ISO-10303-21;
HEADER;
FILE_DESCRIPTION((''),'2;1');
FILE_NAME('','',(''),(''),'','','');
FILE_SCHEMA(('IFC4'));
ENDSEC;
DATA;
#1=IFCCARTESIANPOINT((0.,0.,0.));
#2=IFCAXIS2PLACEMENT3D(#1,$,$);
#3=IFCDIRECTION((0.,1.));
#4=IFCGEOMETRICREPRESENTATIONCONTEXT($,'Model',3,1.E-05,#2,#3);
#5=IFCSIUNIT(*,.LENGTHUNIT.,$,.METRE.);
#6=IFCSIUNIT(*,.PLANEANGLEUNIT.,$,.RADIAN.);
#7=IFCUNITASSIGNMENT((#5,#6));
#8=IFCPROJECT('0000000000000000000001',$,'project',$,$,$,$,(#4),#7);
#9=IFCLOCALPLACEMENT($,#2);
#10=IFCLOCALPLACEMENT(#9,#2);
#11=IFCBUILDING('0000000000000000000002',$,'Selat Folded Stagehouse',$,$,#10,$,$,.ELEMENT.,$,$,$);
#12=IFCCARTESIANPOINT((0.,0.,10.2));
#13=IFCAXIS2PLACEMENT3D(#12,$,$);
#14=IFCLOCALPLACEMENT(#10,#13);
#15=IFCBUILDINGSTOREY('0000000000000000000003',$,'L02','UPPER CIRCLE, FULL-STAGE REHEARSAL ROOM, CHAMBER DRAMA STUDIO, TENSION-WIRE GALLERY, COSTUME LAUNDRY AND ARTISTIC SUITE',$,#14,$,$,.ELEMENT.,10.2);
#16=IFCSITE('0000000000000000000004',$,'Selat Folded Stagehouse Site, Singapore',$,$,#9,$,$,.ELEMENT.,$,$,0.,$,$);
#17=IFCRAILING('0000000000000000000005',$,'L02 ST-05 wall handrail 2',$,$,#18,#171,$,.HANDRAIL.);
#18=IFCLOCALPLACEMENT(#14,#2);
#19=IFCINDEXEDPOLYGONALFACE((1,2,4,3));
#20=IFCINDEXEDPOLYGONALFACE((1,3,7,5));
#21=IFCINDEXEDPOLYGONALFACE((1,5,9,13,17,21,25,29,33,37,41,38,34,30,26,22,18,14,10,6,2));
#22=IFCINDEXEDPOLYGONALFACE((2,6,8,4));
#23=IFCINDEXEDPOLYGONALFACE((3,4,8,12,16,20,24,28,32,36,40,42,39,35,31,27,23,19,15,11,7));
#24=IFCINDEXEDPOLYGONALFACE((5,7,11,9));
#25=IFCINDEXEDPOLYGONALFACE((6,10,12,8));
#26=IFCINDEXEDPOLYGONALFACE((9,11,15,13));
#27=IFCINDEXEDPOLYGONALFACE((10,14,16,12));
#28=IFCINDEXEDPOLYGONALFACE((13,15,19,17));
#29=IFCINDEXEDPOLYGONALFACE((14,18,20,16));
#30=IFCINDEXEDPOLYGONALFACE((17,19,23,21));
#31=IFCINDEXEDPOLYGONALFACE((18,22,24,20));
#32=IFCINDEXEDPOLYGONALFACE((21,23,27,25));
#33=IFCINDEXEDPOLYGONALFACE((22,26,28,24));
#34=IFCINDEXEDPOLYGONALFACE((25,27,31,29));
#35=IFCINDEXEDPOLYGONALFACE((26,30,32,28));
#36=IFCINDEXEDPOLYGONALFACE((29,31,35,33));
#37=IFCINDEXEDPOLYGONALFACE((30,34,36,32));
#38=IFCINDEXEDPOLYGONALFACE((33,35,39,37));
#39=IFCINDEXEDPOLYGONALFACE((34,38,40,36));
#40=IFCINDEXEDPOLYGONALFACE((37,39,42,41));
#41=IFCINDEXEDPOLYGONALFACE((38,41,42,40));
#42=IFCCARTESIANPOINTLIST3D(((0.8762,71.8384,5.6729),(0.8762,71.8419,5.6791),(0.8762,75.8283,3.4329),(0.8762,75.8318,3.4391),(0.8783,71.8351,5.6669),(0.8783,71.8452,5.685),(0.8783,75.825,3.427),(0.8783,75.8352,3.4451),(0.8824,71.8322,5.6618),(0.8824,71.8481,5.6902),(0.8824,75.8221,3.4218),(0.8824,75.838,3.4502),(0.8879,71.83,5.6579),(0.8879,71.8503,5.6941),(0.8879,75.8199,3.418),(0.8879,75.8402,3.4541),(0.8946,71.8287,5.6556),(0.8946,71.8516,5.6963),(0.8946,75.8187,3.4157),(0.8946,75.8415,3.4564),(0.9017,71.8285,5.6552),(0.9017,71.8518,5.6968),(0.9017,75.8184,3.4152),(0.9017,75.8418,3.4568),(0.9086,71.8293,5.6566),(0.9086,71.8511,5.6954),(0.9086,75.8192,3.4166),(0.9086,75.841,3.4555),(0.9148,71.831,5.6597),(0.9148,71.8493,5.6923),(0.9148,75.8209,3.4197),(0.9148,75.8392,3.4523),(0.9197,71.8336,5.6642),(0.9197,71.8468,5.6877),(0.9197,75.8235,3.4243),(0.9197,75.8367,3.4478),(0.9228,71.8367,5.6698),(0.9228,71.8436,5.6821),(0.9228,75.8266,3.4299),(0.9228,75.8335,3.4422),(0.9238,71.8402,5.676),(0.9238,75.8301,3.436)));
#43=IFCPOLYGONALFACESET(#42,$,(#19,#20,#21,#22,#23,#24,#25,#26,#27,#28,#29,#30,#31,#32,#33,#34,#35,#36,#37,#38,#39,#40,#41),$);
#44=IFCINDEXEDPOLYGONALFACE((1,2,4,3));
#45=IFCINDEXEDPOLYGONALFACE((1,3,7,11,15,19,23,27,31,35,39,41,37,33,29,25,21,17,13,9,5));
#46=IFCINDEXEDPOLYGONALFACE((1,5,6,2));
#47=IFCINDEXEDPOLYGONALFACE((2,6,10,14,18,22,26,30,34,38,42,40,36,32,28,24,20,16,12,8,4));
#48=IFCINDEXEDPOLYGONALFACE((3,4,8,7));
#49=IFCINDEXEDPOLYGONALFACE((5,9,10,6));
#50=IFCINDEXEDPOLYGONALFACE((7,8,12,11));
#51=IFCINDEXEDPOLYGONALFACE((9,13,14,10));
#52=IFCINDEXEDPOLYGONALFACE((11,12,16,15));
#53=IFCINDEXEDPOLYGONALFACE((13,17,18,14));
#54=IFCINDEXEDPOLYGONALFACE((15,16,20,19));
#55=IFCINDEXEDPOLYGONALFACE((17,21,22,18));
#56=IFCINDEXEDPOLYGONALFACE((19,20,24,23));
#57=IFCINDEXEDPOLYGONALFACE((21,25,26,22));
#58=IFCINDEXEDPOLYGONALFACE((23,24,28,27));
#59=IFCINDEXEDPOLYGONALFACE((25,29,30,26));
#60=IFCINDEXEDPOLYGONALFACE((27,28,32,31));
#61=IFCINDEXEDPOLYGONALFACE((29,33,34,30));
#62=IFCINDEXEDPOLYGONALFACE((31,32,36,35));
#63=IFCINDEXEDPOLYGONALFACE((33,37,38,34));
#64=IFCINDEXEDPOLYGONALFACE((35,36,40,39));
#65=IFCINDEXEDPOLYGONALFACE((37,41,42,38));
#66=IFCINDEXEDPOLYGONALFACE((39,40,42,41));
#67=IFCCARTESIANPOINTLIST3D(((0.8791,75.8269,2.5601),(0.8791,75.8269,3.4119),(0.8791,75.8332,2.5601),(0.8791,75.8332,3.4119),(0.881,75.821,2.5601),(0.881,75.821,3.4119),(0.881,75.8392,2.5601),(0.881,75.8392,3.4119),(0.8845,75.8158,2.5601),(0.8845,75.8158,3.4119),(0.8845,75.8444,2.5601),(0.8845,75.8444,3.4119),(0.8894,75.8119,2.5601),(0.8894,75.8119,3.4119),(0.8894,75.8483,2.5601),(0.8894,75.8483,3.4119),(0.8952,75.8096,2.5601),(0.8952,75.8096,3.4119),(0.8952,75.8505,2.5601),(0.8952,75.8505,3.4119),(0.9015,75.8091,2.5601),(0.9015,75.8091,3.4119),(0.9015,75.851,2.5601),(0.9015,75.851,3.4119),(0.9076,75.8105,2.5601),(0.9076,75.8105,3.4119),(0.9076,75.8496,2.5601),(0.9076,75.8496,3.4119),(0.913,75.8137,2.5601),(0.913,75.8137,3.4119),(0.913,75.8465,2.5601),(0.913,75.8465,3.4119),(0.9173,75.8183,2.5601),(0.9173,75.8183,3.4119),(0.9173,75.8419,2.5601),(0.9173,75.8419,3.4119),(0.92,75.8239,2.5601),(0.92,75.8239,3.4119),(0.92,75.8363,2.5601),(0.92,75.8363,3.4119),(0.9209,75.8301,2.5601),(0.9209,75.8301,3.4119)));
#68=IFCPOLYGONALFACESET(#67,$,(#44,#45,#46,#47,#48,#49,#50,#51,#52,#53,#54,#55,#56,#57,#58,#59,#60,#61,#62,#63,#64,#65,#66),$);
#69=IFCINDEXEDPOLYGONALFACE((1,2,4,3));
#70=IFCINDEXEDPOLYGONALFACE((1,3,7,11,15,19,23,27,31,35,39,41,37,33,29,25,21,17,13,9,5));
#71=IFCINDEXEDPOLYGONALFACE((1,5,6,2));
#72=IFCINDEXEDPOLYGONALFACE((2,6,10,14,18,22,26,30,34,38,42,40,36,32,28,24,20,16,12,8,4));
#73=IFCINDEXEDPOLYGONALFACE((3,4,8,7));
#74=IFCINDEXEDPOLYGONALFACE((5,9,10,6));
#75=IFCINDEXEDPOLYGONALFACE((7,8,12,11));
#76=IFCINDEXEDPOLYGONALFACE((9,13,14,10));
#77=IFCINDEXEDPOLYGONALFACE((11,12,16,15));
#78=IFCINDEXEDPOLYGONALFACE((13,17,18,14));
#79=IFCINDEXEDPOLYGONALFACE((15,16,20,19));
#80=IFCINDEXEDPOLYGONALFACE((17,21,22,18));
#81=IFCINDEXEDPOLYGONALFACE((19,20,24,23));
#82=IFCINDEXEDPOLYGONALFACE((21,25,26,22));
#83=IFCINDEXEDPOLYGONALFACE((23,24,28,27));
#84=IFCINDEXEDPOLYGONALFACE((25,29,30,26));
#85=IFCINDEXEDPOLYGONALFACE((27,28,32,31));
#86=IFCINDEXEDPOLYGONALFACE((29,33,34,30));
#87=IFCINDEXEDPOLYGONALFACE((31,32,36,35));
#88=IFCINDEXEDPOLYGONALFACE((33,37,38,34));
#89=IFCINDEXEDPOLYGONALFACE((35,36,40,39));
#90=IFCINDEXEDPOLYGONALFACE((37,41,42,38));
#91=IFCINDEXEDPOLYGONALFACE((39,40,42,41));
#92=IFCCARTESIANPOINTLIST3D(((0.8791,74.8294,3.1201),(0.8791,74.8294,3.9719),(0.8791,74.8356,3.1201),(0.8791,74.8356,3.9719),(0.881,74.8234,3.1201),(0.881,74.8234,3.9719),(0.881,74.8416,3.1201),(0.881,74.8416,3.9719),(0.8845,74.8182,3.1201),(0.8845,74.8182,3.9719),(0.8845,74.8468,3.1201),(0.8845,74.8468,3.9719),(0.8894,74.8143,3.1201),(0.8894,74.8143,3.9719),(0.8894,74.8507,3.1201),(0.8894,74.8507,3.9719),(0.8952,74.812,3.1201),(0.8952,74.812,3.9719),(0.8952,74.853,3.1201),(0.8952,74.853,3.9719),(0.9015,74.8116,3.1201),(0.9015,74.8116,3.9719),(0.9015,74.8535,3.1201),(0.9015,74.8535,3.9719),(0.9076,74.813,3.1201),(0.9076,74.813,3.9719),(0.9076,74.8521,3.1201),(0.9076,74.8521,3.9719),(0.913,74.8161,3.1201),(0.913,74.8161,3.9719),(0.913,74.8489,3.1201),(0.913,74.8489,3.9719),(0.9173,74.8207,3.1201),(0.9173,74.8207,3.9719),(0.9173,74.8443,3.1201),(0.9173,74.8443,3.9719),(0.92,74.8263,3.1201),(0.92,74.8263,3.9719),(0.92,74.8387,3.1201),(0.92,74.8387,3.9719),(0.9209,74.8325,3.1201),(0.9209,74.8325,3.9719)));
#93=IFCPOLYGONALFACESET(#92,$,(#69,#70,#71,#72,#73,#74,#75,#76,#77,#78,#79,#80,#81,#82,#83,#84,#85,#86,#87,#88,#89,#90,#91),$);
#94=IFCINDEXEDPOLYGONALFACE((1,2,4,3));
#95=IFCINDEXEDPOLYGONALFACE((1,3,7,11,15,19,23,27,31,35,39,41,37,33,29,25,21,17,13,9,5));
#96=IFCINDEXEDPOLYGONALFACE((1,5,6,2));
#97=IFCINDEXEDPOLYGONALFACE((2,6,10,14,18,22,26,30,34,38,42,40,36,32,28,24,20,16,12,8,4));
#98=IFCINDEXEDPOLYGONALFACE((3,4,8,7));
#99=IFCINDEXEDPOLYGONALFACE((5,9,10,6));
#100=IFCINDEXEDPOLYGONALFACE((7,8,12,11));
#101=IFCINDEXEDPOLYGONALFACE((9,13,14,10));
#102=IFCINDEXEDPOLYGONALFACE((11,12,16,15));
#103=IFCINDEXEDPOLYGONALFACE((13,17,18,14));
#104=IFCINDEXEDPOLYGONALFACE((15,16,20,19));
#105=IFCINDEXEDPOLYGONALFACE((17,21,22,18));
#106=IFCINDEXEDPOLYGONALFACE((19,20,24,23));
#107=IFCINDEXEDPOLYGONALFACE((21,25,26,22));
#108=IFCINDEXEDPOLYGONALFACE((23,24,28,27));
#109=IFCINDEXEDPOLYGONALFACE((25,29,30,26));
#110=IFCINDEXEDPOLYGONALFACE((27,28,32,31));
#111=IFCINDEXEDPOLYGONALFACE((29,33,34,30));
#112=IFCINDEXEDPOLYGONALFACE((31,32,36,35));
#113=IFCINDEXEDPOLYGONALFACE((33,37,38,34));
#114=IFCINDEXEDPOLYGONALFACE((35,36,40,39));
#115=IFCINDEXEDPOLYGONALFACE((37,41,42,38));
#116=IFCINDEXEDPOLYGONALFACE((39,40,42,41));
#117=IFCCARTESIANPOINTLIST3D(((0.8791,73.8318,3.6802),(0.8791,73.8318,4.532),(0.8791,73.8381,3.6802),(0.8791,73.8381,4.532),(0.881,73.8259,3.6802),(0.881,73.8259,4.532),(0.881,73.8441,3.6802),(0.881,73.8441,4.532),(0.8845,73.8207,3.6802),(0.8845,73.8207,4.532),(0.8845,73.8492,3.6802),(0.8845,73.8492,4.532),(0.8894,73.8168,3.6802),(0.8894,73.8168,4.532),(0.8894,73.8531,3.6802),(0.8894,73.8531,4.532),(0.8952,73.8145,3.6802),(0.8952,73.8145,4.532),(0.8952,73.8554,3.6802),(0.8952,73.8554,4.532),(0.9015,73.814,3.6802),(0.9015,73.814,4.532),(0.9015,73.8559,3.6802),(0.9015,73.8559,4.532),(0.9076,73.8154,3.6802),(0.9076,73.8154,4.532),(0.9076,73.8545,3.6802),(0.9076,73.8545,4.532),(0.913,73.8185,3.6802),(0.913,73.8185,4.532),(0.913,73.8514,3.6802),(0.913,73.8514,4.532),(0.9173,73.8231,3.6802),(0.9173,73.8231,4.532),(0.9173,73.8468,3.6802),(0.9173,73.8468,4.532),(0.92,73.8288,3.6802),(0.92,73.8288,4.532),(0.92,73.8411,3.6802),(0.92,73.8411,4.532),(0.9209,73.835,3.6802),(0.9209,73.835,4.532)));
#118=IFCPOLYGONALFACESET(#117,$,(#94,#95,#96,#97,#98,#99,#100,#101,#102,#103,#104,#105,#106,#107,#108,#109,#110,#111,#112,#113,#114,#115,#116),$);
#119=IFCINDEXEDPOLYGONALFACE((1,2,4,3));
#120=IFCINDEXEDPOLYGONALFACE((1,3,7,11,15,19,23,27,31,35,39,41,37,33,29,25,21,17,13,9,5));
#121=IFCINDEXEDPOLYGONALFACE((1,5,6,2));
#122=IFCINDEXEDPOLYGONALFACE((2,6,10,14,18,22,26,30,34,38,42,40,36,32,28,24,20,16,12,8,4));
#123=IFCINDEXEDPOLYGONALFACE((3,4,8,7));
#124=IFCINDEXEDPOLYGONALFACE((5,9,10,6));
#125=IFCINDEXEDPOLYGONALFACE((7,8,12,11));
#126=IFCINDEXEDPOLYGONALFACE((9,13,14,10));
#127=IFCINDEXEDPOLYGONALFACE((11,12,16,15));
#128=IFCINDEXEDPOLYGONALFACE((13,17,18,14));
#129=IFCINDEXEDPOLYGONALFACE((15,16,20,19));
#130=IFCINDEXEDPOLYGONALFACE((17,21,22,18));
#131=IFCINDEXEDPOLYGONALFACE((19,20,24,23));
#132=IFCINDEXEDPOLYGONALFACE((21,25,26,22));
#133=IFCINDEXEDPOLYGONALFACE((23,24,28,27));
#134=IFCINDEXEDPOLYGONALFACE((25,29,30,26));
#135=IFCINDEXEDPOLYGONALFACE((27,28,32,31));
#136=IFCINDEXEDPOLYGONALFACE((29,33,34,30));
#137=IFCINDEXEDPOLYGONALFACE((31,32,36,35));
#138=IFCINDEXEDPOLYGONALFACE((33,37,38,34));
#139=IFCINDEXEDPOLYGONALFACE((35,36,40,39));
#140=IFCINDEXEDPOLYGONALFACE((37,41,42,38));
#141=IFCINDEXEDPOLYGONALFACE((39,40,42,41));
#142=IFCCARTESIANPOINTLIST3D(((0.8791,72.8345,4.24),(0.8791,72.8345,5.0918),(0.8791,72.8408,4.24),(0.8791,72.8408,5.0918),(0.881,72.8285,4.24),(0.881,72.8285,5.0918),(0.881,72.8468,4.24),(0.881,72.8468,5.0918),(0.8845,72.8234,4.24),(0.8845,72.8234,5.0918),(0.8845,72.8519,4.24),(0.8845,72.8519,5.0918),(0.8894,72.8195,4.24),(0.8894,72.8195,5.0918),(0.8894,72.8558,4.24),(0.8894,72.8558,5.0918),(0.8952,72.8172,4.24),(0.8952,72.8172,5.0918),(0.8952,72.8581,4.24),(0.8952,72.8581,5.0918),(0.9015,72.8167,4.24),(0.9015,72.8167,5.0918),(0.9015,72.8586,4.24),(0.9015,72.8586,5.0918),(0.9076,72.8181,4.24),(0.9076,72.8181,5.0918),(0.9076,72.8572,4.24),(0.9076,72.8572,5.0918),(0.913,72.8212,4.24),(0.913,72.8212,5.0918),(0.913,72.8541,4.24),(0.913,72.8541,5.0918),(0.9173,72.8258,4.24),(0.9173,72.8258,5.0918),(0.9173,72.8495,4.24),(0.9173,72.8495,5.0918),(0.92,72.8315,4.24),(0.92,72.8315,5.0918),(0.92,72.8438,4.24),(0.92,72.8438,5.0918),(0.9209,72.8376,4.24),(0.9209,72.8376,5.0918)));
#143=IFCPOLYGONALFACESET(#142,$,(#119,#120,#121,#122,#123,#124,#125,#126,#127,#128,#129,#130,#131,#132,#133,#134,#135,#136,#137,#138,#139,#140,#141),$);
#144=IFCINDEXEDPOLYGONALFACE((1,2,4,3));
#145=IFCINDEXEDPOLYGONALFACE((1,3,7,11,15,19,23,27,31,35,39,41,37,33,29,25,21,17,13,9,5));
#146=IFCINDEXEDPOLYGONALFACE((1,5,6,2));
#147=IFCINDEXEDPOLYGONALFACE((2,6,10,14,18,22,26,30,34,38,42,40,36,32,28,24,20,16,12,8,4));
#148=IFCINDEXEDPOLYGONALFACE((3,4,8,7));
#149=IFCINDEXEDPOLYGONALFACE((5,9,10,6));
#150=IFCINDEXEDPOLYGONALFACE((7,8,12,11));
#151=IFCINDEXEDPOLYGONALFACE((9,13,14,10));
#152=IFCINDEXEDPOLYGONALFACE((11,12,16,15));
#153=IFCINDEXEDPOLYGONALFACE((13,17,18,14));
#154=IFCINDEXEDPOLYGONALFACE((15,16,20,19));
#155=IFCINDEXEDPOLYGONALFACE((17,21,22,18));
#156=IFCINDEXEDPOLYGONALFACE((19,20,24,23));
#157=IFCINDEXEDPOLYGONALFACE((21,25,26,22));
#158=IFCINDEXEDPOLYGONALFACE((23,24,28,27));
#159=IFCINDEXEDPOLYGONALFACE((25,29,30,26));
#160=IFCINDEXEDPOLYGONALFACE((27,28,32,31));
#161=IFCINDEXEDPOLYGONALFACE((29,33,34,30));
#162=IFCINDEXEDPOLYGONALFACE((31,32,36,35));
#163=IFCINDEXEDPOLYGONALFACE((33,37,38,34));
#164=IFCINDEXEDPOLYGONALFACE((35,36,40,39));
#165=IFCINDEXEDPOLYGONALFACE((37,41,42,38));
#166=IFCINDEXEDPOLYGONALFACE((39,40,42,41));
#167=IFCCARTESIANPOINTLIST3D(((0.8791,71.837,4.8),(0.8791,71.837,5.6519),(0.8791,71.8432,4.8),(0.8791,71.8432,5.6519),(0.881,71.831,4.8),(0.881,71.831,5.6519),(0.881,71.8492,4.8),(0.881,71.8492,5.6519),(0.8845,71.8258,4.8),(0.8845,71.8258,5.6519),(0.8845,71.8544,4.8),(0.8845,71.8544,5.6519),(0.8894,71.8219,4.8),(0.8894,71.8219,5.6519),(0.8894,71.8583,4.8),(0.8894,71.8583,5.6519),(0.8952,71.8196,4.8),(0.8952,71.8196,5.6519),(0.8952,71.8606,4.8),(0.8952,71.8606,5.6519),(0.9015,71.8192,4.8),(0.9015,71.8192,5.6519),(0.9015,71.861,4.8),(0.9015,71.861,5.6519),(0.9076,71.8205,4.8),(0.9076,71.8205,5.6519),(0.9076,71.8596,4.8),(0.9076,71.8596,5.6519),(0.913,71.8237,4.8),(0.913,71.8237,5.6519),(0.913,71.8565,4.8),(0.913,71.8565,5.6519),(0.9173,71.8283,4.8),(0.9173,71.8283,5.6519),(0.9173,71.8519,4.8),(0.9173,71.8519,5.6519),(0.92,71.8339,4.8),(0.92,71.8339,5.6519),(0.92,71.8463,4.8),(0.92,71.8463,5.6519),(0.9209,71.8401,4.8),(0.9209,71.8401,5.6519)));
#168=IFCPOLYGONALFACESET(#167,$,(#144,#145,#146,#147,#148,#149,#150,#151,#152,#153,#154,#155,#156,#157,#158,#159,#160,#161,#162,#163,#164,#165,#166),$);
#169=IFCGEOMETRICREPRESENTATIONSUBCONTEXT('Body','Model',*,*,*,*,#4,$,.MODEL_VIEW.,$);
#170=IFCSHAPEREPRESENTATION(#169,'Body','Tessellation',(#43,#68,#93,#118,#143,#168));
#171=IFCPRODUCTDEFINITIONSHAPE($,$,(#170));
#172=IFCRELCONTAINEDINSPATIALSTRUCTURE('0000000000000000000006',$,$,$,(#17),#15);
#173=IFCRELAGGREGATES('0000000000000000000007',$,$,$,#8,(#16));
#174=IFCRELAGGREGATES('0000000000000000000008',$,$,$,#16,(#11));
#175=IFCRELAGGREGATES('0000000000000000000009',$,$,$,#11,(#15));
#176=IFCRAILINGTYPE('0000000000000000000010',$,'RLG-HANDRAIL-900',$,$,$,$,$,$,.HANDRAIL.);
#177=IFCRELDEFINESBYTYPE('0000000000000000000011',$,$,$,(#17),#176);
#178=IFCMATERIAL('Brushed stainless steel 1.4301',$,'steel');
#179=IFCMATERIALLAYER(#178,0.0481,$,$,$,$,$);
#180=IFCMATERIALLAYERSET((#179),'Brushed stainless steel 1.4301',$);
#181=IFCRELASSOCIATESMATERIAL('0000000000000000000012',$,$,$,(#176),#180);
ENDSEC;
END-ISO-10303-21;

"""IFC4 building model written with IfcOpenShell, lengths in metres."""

from ifc_helpers import new_model, si_unit, direction, frame, origin, origin_2d, place, context, subcontext, project, spatial, circle, extrude, material, layer, layer_set, type_object, element, save


model = new_model("IFC4")

# Units and contexts
model_context = context("Model", 3, precision=1e-05, world=origin(), true_north=direction((0.0, 1.0)))
body_context = subcontext(model_context, "Body", "Model", "MODEL_VIEW")
ifc_project = project(units=[si_unit("LENGTHUNIT", "METRE"), si_unit("PLANEANGLEUNIT", "RADIAN")], contexts=[model_context])

# Site, building, storey
site_placement = place(None, origin())
site = spatial("IfcSite", under=ifc_project, at=site_placement, Name="Selat Folded Stagehouse Site, Singapore", CompositionType="ELEMENT", RefElevation=0.0)
building_placement = place(site_placement, origin())
building = spatial("IfcBuilding", under=site, at=building_placement, Name="Selat Folded Stagehouse", CompositionType="ELEMENT")
storey_placement = place(building_placement, frame((0.0, 0.0, 10.2)))
storey = spatial("IfcBuildingStorey", under=building, at=storey_placement, Name="L02", Description="UPPER CIRCLE, FULL-STAGE REHEARSAL ROOM, CHAMBER DRAMA STUDIO, TENSION-WIRE GALLERY, COSTUME LAUNDRY AND ARTISTIC SUITE", CompositionType="ELEMENT", Elevation=10.2)

# Railing
ifc_material_1 = material(Name="Brushed stainless steel 1.4301", Category="steel")
ifc_layer_1 = layer(ifc_material_1, 0.0481)
ifc_layer_set_1 = layer_set([ifc_layer_1], Name="Brushed stainless steel 1.4301")
railing_type_1 = type_object("IfcRailingType", Name="RLG-HANDRAIL-900", PredefinedType="HANDRAIL", material=ifc_layer_set_1)
railing_1_placement = place(storey_placement, frame((0.8999, 75.8301, 2.5601)))
element("IfcRailing", 1, at=railing_1_placement, inside=storey, type_object=railing_type_1, Name="L02 ST-05 wall handrail 2", PredefinedType="HANDRAIL", context=body_context, shape_type="SweptSolid", body=[
    extrude(circle(Radius=0.0239, at=origin_2d()), frame((0.0, 0.0, 0.876), z_axis=(0.0, -0.871984, 0.489534), x_axis=(1.0, 0.0, 0.0)), (0.0, 0.0, 1.0), 4.5757),
    extrude(circle(Radius=0.021, at=origin_2d()), origin(), (0.0, 0.0, 1.0), 0.8518),
    extrude(circle(Radius=0.021, at=origin_2d()), frame((0.0, -0.9976, 0.5601)), (0.0, 0.0, 1.0), 0.8518),
    extrude(circle(Radius=0.021, at=origin_2d()), frame((0.0, -1.9951, 1.1201)), (0.0, 0.0, 1.0), 0.8518),
    extrude(circle(Radius=0.021, at=origin_2d()), frame((0.0, -2.9924, 1.6799)), (0.0, 0.0, 1.0), 0.8518),
    extrude(circle(Radius=0.021, at=origin_2d()), frame((0.0, -3.99, 2.24)), (0.0, 0.0, 1.0), 0.8518),
])

save(model, "model.ifc")
